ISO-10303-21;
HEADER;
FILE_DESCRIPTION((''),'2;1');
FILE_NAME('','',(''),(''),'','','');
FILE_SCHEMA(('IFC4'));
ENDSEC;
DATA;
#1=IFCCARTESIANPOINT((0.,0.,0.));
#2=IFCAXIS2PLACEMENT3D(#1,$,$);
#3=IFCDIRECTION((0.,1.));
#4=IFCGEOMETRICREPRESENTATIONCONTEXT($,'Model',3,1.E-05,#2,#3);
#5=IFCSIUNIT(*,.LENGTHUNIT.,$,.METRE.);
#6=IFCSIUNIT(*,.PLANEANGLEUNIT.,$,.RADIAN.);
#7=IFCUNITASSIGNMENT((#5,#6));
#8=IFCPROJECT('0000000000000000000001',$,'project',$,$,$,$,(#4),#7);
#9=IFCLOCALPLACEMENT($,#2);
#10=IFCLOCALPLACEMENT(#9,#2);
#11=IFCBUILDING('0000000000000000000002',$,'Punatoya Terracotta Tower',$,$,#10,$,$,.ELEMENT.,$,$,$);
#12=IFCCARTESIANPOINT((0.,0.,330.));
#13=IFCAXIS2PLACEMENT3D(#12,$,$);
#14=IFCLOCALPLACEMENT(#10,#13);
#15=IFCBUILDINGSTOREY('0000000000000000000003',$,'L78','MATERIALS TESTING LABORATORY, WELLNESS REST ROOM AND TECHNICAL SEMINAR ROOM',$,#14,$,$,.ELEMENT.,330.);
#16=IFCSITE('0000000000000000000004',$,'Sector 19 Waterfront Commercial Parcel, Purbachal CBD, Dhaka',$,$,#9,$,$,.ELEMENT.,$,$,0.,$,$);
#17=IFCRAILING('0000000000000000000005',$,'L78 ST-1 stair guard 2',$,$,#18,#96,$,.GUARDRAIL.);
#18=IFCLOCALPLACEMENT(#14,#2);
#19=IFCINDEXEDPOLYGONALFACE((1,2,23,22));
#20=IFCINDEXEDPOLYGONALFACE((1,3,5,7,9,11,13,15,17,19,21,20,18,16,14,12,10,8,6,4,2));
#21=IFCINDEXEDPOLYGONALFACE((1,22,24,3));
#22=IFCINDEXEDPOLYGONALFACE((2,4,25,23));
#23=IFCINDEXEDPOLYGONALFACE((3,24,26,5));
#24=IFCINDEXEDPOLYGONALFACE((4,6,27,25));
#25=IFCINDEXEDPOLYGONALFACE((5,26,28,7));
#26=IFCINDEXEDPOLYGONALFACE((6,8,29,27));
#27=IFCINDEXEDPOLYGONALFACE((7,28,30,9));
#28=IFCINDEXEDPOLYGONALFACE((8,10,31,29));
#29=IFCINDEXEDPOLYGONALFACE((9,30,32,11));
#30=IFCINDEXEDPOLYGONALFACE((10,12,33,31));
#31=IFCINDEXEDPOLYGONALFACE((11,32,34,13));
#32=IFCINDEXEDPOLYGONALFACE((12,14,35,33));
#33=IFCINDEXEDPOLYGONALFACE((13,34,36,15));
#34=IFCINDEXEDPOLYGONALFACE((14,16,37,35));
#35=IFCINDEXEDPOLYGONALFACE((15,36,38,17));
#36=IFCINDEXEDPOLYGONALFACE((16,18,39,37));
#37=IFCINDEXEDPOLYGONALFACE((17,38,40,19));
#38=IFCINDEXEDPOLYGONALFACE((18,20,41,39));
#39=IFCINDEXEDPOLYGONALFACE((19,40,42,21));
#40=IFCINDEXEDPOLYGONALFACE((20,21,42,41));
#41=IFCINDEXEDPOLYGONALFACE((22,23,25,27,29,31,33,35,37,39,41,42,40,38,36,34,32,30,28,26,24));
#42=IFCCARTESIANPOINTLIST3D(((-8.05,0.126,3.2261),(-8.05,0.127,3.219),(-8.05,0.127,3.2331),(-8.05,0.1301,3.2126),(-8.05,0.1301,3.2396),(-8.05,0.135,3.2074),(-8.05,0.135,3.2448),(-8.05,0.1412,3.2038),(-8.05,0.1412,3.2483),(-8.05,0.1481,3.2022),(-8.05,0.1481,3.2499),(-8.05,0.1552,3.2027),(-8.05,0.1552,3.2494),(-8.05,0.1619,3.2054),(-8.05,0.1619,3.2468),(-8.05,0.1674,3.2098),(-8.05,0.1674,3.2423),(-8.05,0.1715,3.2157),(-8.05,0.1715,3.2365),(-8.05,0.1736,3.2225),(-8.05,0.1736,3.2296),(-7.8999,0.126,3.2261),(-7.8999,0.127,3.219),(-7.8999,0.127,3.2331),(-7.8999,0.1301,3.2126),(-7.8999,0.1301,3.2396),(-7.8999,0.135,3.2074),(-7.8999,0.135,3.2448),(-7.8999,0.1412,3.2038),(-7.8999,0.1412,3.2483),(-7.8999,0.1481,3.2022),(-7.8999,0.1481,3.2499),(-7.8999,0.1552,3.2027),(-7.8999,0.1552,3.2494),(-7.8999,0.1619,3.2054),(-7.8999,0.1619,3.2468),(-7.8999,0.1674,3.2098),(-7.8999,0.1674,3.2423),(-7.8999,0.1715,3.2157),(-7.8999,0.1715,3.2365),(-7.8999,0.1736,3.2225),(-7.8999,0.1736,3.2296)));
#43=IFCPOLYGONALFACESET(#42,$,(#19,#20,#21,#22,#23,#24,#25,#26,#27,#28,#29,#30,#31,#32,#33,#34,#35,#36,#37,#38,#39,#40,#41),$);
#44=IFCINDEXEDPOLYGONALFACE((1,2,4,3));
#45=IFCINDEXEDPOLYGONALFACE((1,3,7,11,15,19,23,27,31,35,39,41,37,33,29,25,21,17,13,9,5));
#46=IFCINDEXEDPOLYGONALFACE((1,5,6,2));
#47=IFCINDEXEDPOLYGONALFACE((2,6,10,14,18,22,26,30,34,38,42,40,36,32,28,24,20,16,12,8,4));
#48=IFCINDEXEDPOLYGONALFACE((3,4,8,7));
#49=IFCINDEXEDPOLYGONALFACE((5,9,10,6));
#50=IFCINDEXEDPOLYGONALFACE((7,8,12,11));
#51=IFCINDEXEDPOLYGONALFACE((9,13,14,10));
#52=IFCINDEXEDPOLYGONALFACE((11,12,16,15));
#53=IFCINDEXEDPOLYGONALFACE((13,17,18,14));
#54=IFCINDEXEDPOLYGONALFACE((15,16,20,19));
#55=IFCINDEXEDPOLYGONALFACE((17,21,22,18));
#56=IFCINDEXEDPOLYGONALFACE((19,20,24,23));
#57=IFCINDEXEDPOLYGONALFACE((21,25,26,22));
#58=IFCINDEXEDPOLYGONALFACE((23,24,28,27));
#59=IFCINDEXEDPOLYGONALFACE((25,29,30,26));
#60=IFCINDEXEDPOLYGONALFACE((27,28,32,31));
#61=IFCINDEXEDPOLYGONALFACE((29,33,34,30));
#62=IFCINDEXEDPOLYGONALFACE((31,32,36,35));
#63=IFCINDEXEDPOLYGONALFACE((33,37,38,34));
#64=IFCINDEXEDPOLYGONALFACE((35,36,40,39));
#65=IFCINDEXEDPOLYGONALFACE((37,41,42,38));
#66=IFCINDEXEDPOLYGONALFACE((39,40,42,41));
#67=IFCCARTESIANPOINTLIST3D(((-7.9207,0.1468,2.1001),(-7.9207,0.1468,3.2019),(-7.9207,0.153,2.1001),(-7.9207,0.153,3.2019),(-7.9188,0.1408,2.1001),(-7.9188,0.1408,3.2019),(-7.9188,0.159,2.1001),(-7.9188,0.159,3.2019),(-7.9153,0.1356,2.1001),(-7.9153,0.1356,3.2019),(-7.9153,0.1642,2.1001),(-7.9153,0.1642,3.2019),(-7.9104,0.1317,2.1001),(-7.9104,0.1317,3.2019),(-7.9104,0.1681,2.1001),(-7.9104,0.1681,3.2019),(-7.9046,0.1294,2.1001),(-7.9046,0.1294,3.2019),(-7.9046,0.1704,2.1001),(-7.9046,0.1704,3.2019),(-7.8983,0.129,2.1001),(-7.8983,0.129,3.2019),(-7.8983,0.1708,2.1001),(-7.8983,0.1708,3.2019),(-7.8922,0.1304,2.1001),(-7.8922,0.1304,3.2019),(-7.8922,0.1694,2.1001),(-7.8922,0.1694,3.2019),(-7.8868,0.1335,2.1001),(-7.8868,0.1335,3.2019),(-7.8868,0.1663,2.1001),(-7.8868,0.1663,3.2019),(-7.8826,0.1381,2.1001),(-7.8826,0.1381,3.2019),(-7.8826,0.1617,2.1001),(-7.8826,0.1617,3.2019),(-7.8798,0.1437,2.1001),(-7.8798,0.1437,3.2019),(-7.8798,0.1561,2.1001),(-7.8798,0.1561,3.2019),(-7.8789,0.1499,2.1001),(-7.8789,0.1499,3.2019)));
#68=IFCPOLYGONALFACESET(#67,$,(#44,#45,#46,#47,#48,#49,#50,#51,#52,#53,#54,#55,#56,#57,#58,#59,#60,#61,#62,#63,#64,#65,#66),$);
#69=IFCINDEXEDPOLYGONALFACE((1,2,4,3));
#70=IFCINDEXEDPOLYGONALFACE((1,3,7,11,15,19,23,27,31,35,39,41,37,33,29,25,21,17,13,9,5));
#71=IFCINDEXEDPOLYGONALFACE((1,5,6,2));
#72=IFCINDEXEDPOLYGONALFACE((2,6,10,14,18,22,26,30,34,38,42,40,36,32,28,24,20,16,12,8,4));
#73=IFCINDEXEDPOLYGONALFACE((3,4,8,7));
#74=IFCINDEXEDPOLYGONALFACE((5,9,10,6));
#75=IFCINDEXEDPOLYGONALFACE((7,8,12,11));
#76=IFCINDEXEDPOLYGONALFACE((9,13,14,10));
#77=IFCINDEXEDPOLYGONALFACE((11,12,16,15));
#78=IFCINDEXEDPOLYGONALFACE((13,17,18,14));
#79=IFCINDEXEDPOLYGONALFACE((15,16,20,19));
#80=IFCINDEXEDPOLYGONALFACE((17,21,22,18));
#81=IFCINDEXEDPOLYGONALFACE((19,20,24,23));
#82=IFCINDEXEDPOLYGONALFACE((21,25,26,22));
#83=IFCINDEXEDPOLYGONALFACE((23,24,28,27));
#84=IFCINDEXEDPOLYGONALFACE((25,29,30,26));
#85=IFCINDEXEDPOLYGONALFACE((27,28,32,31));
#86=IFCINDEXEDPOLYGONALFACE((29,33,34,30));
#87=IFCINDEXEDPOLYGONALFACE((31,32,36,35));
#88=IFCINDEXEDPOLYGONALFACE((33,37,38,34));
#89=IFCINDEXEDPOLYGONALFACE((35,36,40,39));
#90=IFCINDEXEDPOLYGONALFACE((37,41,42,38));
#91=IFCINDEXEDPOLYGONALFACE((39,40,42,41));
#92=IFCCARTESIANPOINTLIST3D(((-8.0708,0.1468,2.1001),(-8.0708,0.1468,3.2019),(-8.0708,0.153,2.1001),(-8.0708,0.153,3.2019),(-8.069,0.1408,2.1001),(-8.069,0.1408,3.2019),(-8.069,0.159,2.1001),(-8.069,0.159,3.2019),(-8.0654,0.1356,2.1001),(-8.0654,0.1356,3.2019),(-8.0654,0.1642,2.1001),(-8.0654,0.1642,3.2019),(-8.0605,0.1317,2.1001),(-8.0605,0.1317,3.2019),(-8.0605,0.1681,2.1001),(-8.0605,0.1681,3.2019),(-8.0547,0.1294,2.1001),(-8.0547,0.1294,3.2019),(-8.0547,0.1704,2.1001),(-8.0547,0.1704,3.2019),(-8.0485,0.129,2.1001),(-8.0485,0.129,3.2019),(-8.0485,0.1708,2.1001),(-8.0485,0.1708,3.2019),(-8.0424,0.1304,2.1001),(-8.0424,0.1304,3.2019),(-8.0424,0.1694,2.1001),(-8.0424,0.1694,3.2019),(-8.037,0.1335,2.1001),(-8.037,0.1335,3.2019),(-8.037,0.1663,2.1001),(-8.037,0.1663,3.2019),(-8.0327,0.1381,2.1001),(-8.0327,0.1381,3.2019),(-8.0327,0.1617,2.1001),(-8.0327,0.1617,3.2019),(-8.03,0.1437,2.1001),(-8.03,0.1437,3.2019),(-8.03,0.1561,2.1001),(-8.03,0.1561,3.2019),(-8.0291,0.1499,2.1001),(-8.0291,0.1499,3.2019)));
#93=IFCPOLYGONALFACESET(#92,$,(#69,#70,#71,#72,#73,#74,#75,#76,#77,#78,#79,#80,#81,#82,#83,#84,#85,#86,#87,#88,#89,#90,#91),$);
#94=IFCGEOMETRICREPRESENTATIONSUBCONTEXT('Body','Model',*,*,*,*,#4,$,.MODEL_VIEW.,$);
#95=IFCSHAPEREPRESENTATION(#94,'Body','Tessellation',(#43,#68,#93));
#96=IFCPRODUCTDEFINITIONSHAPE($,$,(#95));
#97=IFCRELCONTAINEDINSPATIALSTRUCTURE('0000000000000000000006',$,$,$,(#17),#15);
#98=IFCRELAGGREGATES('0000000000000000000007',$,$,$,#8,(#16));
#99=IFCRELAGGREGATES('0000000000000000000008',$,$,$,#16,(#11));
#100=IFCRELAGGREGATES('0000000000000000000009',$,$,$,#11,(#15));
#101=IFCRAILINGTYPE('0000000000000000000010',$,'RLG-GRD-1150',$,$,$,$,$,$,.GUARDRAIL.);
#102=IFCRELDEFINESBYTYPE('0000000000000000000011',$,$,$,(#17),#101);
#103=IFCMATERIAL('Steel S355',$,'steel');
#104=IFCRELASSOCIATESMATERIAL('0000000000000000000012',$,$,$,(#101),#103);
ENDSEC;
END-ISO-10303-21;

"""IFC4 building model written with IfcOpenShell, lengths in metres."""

from ifc_helpers import new_model, si_unit, direction, frame, origin, origin_2d, place, context, subcontext, project, spatial, circle, extrude, material, type_object, element, save


model = new_model("IFC4")

# Units and contexts
model_context = context("Model", 3, precision=1e-05, world=origin(), true_north=direction((0.0, 1.0)))
body_context = subcontext(model_context, "Body", "Model", "MODEL_VIEW")
ifc_project = project(units=[si_unit("LENGTHUNIT", "METRE"), si_unit("PLANEANGLEUNIT", "RADIAN")], contexts=[model_context])

# Site, building, storey
site_placement = place(None, origin())
site = spatial("IfcSite", under=ifc_project, at=site_placement, Name="Sector 19 Waterfront Commercial Parcel, Purbachal CBD, Dhaka", CompositionType="ELEMENT", RefElevation=0.0)
building_placement = place(site_placement, origin())
building = spatial("IfcBuilding", under=site, at=building_placement, Name="Punatoya Terracotta Tower", CompositionType="ELEMENT")
storey_placement = place(building_placement, frame((0.0, 0.0, 330.0)))
storey = spatial("IfcBuildingStorey", under=building, at=storey_placement, Name="L78", Description="MATERIALS TESTING LABORATORY, WELLNESS REST ROOM AND TECHNICAL SEMINAR ROOM", CompositionType="ELEMENT", Elevation=330.0)

# Shared definitions
ifc_material_1 = material(Name="Steel S355", Category="steel")

# Railing
railing_type_1 = type_object("IfcRailingType", Name="RLG-GRD-1150", PredefinedType="GUARDRAIL", material=ifc_material_1)
railing_1_placement = place(storey_placement, frame((-7.8999, 0.1499, 2.1001)))
element("IfcRailing", 1, at=railing_1_placement, inside=storey, type_object=railing_type_1, Name="L78 ST-1 stair guard 2", PredefinedType="GUARDRAIL", context=body_context, shape_type="SweptSolid", body=[
    extrude(circle(Radius=0.0239, at=origin_2d()), frame((0.0, 0.0, 1.126), z_axis=(-1.0, 0.0, 0.0), x_axis=(0.0, -1.0, 0.0)), (0.0, 0.0, 1.0), 0.1501),
    extrude(circle(Radius=0.021, at=origin_2d()), origin(), (0.0, 0.0, 1.0), 1.1018),
    extrude(circle(Radius=0.021, at=origin_2d()), frame((-0.1501, 0.0, 0.0)), (0.0, 0.0, 1.0), 1.1018),
])

save(model, "model.ifc")
